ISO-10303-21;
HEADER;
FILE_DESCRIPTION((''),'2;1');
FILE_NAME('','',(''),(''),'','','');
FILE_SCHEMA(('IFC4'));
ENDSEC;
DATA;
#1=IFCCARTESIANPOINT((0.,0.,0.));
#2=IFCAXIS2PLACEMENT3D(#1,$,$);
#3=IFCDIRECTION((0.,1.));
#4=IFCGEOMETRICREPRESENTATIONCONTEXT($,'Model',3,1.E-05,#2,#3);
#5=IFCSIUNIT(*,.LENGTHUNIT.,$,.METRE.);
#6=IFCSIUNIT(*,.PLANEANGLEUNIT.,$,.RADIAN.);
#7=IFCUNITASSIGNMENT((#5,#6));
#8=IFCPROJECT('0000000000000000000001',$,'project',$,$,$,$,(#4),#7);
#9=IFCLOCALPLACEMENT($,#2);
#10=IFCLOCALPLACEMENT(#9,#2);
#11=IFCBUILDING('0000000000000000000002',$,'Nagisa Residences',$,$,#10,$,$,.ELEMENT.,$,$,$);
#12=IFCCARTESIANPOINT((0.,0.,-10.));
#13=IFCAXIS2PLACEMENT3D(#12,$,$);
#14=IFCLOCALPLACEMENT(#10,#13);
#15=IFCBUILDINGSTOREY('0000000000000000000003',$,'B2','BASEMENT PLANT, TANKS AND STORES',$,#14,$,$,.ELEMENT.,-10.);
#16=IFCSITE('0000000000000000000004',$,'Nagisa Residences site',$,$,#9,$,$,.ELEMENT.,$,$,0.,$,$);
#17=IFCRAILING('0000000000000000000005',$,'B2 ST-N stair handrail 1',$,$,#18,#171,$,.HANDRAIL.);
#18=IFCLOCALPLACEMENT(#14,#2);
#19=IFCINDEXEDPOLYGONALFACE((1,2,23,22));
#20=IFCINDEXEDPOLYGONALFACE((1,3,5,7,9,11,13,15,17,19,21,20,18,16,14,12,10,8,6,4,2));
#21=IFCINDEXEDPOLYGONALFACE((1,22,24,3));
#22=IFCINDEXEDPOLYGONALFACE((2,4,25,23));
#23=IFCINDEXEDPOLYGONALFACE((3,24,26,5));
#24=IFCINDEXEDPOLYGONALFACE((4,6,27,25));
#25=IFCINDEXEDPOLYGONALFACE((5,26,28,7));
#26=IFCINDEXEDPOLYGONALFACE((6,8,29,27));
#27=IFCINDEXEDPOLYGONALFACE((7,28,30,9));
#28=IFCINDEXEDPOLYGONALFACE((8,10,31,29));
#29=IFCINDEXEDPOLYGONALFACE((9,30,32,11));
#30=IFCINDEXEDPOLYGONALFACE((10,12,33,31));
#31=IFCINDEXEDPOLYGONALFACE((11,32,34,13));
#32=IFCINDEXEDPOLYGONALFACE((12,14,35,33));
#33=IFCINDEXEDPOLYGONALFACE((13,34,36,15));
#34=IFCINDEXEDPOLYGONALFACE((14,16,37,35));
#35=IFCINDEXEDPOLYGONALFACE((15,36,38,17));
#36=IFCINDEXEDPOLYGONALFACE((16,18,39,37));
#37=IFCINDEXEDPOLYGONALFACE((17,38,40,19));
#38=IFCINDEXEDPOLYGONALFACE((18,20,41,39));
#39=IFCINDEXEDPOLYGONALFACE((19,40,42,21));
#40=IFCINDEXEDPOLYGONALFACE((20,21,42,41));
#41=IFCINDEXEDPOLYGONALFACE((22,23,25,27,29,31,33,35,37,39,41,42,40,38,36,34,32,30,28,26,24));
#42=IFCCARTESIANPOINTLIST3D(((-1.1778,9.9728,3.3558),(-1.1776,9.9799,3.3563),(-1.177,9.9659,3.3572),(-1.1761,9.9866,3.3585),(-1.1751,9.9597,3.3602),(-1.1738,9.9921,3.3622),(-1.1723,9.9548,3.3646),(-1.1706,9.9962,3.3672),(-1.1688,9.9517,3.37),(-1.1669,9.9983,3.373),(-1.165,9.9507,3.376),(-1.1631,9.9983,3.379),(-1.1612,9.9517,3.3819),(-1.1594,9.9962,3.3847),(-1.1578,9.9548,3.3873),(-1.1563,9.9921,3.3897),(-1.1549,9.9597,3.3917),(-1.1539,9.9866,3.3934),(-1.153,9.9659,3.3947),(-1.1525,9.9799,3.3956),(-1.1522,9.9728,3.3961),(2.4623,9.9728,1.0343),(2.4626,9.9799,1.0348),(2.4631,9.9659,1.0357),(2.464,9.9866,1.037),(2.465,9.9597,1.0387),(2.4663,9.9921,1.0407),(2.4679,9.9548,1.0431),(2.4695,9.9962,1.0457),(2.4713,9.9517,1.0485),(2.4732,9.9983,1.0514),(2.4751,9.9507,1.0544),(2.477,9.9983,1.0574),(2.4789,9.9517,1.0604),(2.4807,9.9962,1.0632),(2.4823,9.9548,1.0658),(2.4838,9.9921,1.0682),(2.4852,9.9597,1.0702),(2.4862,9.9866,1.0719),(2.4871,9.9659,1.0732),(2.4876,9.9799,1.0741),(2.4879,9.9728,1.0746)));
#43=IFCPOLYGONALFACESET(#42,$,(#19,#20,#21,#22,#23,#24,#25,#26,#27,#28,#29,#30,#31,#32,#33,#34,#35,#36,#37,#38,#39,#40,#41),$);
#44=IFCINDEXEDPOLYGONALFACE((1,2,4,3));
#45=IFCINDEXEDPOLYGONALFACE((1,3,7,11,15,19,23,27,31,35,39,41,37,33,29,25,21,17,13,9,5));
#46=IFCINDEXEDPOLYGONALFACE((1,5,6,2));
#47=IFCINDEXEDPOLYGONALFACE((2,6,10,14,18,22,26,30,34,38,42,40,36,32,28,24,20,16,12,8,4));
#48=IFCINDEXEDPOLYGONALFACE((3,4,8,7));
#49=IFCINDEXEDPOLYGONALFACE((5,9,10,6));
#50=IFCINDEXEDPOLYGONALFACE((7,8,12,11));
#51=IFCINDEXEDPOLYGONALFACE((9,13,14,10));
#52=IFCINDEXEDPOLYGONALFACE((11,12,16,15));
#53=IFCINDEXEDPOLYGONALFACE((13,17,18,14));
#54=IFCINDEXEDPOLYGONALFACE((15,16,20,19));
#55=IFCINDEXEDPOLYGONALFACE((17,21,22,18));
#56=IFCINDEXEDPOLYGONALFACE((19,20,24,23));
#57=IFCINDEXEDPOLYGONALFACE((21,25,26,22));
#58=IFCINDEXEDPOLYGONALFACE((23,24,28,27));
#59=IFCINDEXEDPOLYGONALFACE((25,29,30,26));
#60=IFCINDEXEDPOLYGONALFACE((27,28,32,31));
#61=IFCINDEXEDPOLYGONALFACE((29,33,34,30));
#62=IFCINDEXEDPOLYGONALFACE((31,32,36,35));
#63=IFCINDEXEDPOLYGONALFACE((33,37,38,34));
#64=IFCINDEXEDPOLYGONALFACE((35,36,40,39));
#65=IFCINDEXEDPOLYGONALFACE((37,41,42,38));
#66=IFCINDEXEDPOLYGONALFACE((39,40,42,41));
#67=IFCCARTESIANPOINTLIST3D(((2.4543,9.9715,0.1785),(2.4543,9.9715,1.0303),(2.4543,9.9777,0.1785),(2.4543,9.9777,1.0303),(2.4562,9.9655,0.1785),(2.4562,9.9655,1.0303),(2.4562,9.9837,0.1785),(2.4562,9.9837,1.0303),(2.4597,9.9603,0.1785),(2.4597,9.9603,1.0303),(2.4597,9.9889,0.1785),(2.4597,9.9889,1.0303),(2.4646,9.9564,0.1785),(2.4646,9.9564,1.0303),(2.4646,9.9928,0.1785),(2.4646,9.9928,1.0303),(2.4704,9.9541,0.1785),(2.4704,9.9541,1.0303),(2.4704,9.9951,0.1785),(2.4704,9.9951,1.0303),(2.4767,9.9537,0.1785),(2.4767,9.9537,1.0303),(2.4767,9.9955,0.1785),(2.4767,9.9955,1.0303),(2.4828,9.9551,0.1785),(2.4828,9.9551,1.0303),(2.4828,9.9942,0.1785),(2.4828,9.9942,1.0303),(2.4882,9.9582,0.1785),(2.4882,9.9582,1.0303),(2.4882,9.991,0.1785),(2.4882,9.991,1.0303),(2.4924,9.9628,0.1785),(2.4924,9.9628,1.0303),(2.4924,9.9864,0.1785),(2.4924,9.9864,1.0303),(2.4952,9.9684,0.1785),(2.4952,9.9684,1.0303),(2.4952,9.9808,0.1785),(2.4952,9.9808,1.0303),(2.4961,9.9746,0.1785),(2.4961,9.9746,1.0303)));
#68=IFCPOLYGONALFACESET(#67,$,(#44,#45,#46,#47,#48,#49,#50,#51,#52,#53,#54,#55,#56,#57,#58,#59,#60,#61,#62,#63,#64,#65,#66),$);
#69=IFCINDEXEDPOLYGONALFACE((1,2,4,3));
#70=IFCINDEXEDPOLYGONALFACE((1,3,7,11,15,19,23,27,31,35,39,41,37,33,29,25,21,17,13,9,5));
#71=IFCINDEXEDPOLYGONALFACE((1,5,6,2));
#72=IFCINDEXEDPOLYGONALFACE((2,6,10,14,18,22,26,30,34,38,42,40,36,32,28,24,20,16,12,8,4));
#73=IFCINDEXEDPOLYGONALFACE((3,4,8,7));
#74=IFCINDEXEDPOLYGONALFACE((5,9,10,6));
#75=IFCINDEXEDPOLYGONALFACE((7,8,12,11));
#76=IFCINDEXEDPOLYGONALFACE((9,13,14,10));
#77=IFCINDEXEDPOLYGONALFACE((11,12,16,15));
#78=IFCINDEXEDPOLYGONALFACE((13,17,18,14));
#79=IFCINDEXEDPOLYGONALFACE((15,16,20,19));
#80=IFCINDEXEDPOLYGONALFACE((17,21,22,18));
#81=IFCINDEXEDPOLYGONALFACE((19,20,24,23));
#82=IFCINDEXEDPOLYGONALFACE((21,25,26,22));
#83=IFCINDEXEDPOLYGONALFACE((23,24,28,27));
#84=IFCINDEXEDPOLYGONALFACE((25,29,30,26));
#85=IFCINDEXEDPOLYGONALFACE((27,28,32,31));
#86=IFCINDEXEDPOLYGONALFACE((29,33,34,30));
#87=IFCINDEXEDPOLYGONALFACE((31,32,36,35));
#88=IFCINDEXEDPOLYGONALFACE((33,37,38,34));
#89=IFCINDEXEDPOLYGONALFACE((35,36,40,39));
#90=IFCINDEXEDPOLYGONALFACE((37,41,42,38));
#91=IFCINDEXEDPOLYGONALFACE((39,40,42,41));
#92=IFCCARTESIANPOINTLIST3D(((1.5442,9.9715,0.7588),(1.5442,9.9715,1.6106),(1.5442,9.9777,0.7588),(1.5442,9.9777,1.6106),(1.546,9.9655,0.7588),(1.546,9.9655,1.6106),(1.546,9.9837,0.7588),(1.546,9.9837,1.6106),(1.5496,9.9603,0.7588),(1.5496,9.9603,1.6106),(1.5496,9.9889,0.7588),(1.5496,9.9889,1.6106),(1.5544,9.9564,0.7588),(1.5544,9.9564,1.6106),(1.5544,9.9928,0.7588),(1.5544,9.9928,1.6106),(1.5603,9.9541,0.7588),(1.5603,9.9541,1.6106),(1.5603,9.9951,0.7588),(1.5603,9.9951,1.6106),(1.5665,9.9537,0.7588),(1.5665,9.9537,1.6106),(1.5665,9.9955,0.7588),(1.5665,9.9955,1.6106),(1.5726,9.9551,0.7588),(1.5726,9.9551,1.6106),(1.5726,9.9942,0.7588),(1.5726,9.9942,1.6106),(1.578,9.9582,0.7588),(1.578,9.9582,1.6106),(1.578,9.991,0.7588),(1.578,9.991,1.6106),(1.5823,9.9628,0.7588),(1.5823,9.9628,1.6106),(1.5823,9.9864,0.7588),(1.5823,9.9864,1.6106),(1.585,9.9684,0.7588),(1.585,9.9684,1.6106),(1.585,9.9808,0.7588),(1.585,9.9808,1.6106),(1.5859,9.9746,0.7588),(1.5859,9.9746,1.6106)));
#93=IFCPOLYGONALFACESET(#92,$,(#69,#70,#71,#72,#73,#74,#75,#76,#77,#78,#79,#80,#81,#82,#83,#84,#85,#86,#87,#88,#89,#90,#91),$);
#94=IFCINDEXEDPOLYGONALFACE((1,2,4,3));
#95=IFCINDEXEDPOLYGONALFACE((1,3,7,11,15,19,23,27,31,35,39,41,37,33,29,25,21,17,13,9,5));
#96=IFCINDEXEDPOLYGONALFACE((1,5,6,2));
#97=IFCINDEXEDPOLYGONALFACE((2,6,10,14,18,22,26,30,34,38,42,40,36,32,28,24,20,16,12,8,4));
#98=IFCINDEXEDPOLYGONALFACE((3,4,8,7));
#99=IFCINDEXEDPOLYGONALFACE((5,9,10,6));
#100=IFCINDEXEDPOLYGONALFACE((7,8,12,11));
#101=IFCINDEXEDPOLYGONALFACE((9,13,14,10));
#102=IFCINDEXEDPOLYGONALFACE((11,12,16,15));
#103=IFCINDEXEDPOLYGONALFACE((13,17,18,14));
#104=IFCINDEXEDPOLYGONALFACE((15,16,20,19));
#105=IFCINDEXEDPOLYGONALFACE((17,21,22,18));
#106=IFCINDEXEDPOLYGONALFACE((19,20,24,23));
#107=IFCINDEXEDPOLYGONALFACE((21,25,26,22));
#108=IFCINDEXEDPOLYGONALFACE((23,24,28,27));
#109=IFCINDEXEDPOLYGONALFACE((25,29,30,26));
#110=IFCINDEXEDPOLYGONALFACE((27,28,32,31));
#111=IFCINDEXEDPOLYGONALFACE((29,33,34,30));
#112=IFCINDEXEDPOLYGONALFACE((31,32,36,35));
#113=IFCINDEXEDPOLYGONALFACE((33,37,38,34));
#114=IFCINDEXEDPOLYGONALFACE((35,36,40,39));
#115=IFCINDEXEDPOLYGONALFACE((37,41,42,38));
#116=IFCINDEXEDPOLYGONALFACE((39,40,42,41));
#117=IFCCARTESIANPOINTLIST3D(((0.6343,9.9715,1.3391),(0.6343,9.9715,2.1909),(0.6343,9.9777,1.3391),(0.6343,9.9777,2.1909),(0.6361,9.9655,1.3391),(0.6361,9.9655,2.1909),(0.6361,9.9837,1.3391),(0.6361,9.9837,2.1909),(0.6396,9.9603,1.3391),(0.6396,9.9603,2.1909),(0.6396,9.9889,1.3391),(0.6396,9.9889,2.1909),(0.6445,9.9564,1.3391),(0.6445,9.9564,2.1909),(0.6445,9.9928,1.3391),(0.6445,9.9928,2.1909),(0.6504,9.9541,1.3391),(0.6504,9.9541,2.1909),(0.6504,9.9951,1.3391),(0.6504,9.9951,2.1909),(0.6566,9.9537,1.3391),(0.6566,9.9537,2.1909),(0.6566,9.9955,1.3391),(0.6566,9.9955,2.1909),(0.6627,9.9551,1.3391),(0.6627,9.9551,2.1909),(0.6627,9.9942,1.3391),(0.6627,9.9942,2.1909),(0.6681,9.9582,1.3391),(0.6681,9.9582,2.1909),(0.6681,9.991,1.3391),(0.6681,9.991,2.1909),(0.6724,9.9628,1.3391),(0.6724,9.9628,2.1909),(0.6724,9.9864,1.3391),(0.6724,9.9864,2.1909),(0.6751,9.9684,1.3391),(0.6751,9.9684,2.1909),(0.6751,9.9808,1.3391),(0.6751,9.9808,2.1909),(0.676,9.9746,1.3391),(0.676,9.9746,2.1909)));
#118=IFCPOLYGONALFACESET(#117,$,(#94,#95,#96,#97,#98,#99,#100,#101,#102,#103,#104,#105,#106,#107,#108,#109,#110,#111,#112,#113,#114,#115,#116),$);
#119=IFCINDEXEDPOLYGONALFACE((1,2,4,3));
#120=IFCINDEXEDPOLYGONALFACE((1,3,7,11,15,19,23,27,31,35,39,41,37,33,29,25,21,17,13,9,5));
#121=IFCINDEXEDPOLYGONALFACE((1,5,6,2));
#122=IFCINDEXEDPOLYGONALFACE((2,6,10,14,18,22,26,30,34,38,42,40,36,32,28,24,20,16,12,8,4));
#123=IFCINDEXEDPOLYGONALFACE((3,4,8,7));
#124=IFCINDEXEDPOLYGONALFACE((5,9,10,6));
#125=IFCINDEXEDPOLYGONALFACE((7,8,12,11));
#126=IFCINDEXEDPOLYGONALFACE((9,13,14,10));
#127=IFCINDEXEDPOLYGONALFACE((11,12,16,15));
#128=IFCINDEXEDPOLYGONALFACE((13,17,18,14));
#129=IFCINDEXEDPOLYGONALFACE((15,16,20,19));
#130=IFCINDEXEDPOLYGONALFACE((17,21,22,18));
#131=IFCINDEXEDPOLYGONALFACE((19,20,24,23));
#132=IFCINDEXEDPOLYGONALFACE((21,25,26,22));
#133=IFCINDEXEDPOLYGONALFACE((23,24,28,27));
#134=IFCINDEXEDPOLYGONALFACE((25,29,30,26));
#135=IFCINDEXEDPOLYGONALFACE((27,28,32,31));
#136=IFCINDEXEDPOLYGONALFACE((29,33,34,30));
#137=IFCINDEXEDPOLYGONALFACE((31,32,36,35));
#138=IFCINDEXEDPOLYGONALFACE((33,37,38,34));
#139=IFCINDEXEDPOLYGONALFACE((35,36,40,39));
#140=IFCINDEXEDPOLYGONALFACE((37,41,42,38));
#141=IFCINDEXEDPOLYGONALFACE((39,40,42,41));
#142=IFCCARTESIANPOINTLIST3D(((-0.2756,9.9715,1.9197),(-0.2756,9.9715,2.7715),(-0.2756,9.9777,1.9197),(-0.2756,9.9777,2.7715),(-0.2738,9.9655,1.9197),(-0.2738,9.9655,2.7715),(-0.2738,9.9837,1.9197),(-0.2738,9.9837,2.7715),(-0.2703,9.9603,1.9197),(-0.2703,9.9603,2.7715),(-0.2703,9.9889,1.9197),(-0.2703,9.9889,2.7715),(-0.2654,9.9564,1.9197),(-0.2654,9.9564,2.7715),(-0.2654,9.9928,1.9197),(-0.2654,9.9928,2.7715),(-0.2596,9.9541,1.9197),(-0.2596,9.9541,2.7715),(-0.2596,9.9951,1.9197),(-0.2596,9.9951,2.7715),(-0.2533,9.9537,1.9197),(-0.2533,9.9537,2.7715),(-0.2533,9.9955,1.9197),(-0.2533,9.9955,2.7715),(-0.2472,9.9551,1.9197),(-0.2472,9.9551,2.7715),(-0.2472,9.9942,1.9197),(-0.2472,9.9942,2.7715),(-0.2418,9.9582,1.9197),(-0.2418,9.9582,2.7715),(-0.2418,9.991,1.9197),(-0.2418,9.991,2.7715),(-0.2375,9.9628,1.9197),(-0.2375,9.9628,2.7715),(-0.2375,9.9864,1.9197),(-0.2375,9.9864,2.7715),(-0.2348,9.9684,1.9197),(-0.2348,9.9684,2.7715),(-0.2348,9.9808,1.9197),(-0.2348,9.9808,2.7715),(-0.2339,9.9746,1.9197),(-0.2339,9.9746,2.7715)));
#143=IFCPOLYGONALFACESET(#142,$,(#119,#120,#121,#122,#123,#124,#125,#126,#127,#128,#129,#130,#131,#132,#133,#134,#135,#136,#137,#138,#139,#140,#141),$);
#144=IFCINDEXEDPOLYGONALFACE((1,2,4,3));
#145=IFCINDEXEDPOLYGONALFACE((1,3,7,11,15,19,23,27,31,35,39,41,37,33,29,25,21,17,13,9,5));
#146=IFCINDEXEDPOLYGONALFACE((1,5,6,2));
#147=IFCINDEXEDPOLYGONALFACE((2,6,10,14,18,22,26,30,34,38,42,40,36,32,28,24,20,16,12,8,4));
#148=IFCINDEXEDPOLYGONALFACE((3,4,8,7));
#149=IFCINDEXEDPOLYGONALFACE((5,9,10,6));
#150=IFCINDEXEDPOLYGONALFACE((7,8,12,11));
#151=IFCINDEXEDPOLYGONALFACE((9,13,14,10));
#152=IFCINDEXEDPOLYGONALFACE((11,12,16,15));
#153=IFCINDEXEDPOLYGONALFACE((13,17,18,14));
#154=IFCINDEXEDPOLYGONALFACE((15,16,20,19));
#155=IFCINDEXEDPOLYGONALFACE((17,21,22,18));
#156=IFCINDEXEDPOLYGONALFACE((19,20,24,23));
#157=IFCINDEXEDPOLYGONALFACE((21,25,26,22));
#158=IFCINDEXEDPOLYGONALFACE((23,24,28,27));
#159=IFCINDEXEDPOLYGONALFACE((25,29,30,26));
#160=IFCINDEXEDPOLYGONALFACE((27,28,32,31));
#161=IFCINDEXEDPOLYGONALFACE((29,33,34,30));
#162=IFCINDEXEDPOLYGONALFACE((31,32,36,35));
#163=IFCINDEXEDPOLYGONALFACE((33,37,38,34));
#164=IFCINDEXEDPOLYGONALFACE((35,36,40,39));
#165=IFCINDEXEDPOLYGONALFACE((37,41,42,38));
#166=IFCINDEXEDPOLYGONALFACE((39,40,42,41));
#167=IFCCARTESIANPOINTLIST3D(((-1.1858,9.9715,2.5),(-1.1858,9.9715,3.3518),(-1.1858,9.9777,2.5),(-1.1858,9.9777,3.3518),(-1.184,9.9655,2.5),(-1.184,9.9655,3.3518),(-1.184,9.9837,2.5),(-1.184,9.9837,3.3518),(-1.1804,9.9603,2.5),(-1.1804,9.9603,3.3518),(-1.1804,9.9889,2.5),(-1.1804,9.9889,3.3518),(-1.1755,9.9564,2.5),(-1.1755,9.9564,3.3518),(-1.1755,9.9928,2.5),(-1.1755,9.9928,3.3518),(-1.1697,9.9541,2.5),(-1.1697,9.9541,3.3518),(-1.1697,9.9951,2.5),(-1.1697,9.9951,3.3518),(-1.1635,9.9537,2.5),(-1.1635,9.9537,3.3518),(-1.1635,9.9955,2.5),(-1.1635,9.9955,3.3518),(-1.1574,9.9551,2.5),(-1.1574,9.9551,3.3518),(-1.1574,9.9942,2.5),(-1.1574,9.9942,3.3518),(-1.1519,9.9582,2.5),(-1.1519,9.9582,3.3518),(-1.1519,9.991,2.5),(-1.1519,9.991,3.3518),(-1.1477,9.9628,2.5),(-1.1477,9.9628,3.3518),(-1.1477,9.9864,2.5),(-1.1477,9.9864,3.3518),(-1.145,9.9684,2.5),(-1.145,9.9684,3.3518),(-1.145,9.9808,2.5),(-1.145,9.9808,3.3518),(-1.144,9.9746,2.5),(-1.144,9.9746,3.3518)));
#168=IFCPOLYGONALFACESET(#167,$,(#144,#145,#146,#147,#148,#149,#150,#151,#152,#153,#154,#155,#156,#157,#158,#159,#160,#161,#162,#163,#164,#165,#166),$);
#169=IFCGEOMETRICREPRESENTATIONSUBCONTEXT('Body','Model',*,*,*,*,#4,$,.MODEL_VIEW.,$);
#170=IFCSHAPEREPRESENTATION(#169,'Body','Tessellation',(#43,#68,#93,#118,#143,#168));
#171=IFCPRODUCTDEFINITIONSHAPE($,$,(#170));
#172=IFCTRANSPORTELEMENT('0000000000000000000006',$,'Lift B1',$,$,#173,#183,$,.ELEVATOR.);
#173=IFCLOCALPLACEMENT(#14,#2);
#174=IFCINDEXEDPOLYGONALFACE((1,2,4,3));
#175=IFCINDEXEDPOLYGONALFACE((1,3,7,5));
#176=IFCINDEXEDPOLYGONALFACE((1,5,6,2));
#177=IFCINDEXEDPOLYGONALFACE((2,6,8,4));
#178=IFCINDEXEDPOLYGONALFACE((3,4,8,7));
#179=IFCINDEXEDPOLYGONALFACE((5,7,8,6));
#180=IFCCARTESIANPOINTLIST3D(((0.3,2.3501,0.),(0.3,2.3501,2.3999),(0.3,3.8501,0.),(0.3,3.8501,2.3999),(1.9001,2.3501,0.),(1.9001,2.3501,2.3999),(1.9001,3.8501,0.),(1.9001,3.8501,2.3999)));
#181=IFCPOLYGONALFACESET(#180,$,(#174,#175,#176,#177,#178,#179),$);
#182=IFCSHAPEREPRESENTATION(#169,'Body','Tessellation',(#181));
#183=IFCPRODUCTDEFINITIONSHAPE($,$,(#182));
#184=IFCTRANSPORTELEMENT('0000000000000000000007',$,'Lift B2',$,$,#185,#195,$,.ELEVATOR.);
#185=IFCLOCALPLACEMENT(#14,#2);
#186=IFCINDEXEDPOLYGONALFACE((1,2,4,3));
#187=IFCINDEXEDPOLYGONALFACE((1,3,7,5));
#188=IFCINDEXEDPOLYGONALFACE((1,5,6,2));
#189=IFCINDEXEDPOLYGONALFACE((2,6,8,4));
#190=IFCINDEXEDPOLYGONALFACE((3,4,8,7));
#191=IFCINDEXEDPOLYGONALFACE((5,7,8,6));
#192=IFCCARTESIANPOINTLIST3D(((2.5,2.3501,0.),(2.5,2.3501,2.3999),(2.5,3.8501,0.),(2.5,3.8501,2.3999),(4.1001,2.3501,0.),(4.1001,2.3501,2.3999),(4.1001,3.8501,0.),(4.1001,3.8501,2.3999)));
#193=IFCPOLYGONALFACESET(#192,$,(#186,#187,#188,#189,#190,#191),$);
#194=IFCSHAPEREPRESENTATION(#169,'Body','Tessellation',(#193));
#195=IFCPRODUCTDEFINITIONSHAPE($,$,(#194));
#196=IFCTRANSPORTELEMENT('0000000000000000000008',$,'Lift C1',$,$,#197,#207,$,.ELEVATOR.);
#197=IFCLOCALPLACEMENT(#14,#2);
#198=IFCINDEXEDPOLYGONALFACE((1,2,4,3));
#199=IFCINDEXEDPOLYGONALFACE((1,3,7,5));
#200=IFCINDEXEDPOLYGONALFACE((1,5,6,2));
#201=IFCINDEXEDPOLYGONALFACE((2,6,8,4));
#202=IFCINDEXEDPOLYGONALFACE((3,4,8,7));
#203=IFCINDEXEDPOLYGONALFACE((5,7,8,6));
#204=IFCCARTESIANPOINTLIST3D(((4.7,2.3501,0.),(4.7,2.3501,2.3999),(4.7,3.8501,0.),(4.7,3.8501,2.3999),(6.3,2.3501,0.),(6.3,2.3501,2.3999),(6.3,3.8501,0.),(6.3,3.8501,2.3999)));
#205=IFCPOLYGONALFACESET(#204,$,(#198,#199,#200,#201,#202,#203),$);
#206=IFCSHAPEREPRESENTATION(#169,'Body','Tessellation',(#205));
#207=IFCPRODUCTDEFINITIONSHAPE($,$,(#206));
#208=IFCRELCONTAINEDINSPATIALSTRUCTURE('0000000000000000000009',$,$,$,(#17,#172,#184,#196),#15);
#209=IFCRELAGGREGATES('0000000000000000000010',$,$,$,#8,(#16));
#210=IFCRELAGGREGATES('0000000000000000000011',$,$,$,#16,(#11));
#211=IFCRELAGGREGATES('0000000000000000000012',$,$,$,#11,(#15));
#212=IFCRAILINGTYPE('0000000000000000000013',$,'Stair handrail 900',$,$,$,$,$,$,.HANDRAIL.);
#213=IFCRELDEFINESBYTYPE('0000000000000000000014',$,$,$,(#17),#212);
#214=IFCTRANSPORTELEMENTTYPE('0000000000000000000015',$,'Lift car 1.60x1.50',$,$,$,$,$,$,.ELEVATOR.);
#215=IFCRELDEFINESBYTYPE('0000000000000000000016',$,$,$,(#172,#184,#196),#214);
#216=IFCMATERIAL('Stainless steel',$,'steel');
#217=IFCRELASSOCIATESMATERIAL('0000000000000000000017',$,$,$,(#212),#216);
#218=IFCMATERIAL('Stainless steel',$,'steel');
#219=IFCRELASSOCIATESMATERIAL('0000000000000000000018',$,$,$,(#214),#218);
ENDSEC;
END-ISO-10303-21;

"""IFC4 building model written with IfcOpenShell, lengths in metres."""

from ifc_helpers import new_model, si_unit, direction, frame, origin, origin_2d, place, context, subcontext, project, spatial, rectangle, circle, extrude, material, type_object, element, save


model = new_model("IFC4")

# Units and contexts
model_context = context("Model", 3, precision=1e-05, world=origin(), true_north=direction((0.0, 1.0)))
body_context = subcontext(model_context, "Body", "Model", "MODEL_VIEW")
ifc_project = project(units=[si_unit("LENGTHUNIT", "METRE"), si_unit("PLANEANGLEUNIT", "RADIAN")], contexts=[model_context])

# Site, building, storey
site_placement = place(None, origin())
site = spatial("IfcSite", under=ifc_project, at=site_placement, Name="Nagisa Residences site", CompositionType="ELEMENT", RefElevation=0.0)
building_placement = place(site_placement, origin())
building = spatial("IfcBuilding", under=site, at=building_placement, Name="Nagisa Residences", CompositionType="ELEMENT")
storey_placement = place(building_placement, frame((0.0, 0.0, -10.0)))
storey = spatial("IfcBuildingStorey", under=building, at=storey_placement, Name="B2", Description="BASEMENT PLANT, TANKS AND STORES", CompositionType="ELEMENT", Elevation=-10.0)

# Railing
ifc_material_1 = material(Name="Stainless steel", Category="steel")
railing_type_1 = type_object("IfcRailingType", Name="Stair handrail 900", PredefinedType="HANDRAIL", material=ifc_material_1)
railing_1_placement = place(storey_placement, frame((2.4751, 9.9746, 0.1785)))
element("IfcRailing", 1, at=railing_1_placement, inside=storey, type_object=railing_type_1, Name="B2 ST-N stair handrail 1", PredefinedType="HANDRAIL", context=body_context, shape_type="SweptSolid", body=[
    extrude(circle(Radius=0.0239, at=origin_2d()), frame((0.0, 0.0, 0.876), z_axis=(-0.843128, 0.0, 0.537713), x_axis=(0.0, -1.0, 0.0)), (0.0, 0.0, 1.0), 4.3174),
    extrude(circle(Radius=0.021, at=origin_2d()), origin(), (0.0, 0.0, 1.0), 0.8518),
    extrude(circle(Radius=0.021, at=origin_2d()), frame((-0.9102, 0.0, 0.5803)), (0.0, 0.0, 1.0), 0.8518),
    extrude(circle(Radius=0.021, at=origin_2d()), frame((-1.8201, 0.0, 1.1606)), (0.0, 0.0, 1.0), 0.8518),
    extrude(circle(Radius=0.021, at=origin_2d()), frame((-2.73, 0.0, 1.7412)), (0.0, 0.0, 1.0), 0.8518),
    extrude(circle(Radius=0.021, at=origin_2d()), frame((-3.6401, 0.0, 2.3215)), (0.0, 0.0, 1.0), 0.8518),
])

# Transport elements
ifc_material_2 = material(Name="Stainless steel", Category="steel")
transport_element_type_1 = type_object("IfcTransportElementType", Name="Lift car 1.60x1.50", PredefinedType="ELEVATOR", material=ifc_material_2)
for number, where, z_axis, x_axis, name in (
    (2, (1.1001, 3.1001, 0.0), (0.0, 0.0, 1.0), (1.0, 0.0, 0.0), "Lift B1"),
    (3, (3.3, 3.1001, 0.0), (0.0, 0.0, 1.0), (1.0, 0.0, 0.0), "Lift B2"),
    (4, (5.5, 3.1001, 0.0), (0.0, 0.0, 1.0), (1.0, 0.0, 0.0), "Lift C1"),
):
    element("IfcTransportElement", number, at=place(storey_placement, frame(where, z_axis=z_axis, x_axis=x_axis)), inside=storey, type_object=transport_element_type_1, Name=name, PredefinedType="ELEVATOR", context=body_context, shape_type="SweptSolid", body=[
        extrude(rectangle(XDim=1.6001, YDim=1.5, at=origin_2d()), origin(), (0.0, 0.0, 1.0), 2.3999),
    ])

save(model, "model.ifc")
